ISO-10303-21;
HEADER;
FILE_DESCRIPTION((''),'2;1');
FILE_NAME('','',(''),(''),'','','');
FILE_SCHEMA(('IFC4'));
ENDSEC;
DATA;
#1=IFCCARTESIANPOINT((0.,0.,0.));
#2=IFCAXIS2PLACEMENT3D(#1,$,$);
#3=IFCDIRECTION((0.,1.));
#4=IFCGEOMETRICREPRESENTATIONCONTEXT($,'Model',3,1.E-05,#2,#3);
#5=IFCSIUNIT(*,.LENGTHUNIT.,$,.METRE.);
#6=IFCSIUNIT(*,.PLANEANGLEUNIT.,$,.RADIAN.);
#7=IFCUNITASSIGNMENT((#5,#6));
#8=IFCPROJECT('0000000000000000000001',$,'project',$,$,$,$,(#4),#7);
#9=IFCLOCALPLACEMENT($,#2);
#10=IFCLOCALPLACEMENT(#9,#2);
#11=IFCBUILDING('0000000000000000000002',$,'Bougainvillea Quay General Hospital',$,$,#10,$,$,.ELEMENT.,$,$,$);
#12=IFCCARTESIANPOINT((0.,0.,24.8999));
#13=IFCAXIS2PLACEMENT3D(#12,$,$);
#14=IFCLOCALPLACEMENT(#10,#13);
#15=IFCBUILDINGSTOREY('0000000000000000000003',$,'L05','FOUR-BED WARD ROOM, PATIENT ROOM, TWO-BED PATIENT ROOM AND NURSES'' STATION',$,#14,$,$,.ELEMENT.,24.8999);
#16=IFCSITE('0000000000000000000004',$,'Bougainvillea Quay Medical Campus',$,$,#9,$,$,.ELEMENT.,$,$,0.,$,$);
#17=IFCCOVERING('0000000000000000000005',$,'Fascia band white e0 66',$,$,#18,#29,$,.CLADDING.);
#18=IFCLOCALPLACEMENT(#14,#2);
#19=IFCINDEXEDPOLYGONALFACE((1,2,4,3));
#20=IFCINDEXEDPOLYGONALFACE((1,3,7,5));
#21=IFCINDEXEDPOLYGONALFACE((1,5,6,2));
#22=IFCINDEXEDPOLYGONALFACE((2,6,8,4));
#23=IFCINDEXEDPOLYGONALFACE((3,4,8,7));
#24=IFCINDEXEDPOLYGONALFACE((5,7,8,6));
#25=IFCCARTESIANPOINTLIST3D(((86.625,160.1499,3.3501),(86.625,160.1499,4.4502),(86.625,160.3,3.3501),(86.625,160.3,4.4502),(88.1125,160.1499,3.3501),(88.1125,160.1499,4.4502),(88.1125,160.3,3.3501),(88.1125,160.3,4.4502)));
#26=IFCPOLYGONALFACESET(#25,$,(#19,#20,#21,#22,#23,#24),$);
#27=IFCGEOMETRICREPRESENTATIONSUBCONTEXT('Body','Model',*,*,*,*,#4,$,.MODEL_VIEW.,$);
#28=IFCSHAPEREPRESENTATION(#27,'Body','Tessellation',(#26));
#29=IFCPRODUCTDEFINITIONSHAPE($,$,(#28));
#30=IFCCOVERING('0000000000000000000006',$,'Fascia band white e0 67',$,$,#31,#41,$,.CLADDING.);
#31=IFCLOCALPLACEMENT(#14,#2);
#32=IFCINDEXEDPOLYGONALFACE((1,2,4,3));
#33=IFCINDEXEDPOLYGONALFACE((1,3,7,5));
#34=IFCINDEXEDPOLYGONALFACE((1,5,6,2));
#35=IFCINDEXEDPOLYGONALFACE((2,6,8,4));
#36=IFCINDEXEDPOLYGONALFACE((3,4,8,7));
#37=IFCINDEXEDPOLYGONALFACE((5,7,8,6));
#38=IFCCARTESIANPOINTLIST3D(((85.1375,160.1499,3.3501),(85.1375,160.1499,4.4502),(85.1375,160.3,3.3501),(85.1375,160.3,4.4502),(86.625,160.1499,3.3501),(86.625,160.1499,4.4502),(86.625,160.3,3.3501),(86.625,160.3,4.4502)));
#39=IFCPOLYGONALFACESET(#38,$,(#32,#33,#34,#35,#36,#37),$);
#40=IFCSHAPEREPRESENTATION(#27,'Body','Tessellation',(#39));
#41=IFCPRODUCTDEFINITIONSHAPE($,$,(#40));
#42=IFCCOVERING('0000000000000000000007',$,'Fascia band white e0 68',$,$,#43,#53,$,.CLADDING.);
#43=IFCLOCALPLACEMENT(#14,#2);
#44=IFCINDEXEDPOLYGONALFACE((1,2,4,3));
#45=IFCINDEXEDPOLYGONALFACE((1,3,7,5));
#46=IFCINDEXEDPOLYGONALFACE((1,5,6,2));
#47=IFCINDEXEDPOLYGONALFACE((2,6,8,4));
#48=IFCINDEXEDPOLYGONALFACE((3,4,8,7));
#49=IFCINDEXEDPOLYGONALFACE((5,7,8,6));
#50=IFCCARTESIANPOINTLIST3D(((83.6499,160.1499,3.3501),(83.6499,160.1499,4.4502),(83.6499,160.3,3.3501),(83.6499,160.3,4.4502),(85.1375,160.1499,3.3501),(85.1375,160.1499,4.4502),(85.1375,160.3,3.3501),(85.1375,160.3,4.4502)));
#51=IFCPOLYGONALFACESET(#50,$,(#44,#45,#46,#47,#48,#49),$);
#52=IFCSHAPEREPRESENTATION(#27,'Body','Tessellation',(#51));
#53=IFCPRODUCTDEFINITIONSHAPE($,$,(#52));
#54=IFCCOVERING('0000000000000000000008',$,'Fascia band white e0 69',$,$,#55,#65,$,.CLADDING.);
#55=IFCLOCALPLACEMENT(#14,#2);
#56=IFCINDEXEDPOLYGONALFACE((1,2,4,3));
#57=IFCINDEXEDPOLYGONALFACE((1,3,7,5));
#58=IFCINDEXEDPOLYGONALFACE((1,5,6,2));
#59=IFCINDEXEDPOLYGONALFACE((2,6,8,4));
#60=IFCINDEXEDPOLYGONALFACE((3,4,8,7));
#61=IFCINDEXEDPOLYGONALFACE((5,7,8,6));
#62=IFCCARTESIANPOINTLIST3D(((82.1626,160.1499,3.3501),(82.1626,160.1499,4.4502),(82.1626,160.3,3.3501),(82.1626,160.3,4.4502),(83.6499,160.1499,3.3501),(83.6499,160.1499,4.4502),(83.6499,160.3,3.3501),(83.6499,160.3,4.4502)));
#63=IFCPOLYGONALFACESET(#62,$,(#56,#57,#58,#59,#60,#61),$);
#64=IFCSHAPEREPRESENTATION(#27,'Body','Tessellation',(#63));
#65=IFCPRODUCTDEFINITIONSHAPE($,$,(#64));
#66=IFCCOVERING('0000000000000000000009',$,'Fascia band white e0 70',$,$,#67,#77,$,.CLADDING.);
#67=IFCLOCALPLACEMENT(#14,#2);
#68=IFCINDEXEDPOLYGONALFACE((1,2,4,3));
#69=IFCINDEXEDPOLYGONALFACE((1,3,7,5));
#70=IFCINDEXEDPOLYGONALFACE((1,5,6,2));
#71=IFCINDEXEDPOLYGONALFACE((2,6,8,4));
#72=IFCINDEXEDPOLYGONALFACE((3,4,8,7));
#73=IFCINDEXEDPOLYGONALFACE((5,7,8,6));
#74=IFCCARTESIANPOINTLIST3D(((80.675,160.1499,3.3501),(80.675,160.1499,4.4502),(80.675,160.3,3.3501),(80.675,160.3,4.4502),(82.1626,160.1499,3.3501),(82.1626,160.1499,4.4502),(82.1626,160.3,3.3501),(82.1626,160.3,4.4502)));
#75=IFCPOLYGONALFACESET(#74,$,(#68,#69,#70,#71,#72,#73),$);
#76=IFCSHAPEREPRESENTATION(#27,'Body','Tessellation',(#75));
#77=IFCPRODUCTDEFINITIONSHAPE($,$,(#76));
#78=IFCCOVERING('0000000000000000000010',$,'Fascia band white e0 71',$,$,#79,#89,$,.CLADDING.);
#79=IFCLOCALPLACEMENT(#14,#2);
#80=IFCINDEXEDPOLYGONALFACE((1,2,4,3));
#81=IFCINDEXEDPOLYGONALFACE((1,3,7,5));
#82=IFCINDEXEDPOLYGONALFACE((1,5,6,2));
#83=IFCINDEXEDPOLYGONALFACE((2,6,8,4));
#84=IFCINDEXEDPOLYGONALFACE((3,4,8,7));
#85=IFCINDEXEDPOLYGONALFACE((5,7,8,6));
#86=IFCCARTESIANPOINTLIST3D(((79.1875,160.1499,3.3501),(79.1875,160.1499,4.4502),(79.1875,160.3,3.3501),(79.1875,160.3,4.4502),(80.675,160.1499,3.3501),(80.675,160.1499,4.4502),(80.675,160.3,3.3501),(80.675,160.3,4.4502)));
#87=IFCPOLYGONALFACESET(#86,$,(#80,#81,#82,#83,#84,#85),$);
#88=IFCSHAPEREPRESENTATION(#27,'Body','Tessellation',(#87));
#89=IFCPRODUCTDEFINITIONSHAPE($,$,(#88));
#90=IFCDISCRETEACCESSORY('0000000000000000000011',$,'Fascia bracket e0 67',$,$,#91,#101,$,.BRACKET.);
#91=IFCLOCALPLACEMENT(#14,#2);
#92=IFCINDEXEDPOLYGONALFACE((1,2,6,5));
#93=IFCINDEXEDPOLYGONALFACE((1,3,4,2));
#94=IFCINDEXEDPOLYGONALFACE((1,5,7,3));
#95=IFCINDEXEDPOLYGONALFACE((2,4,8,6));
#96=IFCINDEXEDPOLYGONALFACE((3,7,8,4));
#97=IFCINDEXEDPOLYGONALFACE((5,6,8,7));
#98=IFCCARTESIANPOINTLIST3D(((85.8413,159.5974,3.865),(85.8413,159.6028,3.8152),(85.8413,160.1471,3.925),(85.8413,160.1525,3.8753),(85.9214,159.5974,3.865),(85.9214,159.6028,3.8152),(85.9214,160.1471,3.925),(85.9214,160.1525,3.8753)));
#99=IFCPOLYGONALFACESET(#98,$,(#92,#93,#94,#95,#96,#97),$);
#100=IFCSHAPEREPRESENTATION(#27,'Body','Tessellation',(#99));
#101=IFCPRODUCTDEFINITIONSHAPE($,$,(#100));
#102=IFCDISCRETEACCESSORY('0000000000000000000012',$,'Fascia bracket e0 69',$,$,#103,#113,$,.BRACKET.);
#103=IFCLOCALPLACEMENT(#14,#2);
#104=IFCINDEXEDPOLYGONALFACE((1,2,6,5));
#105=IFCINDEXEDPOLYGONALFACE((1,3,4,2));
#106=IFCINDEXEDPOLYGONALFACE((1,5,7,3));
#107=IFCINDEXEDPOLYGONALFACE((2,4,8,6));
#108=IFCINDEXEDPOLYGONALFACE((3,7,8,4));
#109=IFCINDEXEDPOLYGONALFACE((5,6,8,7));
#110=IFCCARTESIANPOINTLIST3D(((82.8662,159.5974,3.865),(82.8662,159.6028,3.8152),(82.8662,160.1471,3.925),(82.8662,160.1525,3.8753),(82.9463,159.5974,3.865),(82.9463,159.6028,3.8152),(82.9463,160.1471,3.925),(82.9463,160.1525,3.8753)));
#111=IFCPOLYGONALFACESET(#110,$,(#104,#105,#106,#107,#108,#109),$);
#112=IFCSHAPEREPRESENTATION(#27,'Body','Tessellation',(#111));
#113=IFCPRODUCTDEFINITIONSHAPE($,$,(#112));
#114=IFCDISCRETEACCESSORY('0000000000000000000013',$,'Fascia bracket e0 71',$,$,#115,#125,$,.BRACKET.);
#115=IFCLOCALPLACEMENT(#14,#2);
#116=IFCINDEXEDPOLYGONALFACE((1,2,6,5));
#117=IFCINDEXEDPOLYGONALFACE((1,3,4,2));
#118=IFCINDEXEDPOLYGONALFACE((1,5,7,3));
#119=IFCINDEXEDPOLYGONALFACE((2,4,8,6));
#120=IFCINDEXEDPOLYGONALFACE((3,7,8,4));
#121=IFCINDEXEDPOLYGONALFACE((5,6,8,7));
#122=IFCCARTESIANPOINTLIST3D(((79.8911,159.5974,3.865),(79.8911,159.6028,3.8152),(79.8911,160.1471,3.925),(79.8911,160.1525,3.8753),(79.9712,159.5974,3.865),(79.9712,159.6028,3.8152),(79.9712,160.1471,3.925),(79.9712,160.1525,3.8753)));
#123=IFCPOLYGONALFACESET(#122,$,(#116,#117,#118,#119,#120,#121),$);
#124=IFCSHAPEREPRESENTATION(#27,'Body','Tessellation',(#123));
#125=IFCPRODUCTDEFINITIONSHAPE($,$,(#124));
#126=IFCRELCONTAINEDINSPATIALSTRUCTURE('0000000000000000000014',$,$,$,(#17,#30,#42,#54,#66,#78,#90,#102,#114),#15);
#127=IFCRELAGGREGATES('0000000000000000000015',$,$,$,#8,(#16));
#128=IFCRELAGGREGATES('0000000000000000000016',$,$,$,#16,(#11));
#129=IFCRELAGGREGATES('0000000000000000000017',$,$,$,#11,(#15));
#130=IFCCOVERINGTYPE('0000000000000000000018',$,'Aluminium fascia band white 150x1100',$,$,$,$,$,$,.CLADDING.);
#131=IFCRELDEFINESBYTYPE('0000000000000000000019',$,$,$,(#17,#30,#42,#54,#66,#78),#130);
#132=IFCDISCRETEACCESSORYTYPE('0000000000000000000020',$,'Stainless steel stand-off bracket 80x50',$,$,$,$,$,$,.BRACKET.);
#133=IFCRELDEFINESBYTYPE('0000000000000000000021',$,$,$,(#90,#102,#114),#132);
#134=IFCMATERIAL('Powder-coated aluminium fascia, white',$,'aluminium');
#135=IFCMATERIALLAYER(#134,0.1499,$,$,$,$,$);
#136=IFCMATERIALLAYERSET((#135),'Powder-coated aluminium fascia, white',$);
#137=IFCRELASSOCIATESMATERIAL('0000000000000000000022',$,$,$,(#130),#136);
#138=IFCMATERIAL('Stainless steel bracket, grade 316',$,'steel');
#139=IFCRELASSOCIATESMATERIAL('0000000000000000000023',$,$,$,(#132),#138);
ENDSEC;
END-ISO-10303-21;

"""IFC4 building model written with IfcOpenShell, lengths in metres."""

from ifc_helpers import new_model, si_unit, direction, frame, origin, origin_2d, place, context, subcontext, project, spatial, polyline, rectangle, outline, extrude, material, layer, layer_set, material_profile, profile_set, type_object, element, save


model = new_model("IFC4")

# Units and contexts
model_context = context("Model", 3, precision=1e-05, world=origin(), true_north=direction((0.0, 1.0)))
body_context = subcontext(model_context, "Body", "Model", "MODEL_VIEW")
ifc_project = project(units=[si_unit("LENGTHUNIT", "METRE"), si_unit("PLANEANGLEUNIT", "RADIAN")], contexts=[model_context])

# Site, building, storey
site_placement = place(None, origin())
site = spatial("IfcSite", under=ifc_project, at=site_placement, Name="Bougainvillea Quay Medical Campus", CompositionType="ELEMENT", RefElevation=0.0)
building_placement = place(site_placement, origin())
building = spatial("IfcBuilding", under=site, at=building_placement, Name="Bougainvillea Quay General Hospital", CompositionType="ELEMENT")
storey_placement = place(building_placement, frame((0.0, 0.0, 24.8999)))
storey = spatial("IfcBuildingStorey", under=building, at=storey_placement, Name="L05", Description="FOUR-BED WARD ROOM, PATIENT ROOM, TWO-BED PATIENT ROOM AND NURSES' STATION", CompositionType="ELEMENT", Elevation=24.8999)

# Coverings
ifc_material_1 = material(Name="Powder-coated aluminium fascia, white", Category="aluminium")
ifc_layer_1 = layer(ifc_material_1, 0.1499)
ifc_layer_set_1 = layer_set([ifc_layer_1], Name="Powder-coated aluminium fascia, white")
covering_type = type_object("IfcCoveringType", Name="Aluminium fascia band white 150x1100", PredefinedType="CLADDING", material=ifc_layer_set_1)
for number, where, z_axis, x_axis, name in (
    (1, (88.1125, 160.1499, 3.3501), (0.0, 0.0, 1.0), (-1.0, 0.0, 0.0), "Fascia band white e0 66"),
    (2, (86.625, 160.1499, 3.3501), (0.0, 0.0, 1.0), (-1.0, 0.0, 0.0), "Fascia band white e0 67"),
    (3, (85.1375, 160.1499, 3.3501), (0.0, 0.0, 1.0), (-1.0, 0.0, 0.0), "Fascia band white e0 68"),
):
    element("IfcCovering", number, at=place(storey_placement, frame(where, z_axis=z_axis, x_axis=x_axis)), inside=storey, type_object=covering_type, Name=name, PredefinedType="CLADDING", context=body_context, shape_type="SweptSolid", body=[
        extrude(outline(polyline([(0.0, 0.0), (1.4875, 0.0), (1.4875, -0.1501), (0.0, -0.1501), (0.0, 0.0)])), origin(), (0.0, 0.0, 1.0), 1.1001),
    ])
covering_placement = place(storey_placement, frame((83.6499, 160.1499, 3.3501), z_axis=(0.0, 0.0, 1.0), x_axis=(-1.0, 0.0, 0.0)))
element("IfcCovering", 4, at=covering_placement, inside=storey, type_object=covering_type, Name="Fascia band white e0 69", PredefinedType="CLADDING", context=body_context, shape_type="SweptSolid", body=[
    extrude(outline(polyline([(0.0, 0.0), (1.4873, 0.0), (1.4873, -0.1501), (0.0, -0.1501), (0.0, 0.0)])), origin(), (0.0, 0.0, 1.0), 1.1001),
])
for number, where, z_axis, x_axis, name in (
    (5, (82.1626, 160.1499, 3.3501), (0.0, 0.0, 1.0), (-1.0, 0.0, 0.0), "Fascia band white e0 70"),
    (6, (80.675, 160.1499, 3.3501), (0.0, 0.0, 1.0), (-1.0, 0.0, 0.0), "Fascia band white e0 71"),
):
    element("IfcCovering", number, at=place(storey_placement, frame(where, z_axis=z_axis, x_axis=x_axis)), inside=storey, type_object=covering_type, Name=name, PredefinedType="CLADDING", context=body_context, shape_type="SweptSolid", body=[
        extrude(outline(polyline([(0.0, 0.0), (1.4875, 0.0), (1.4875, -0.1501), (0.0, -0.1501), (0.0, 0.0)])), origin(), (0.0, 0.0, 1.0), 1.1001),
    ])

# Discrete accessories
ifc_material_2 = material(Name="Stainless steel bracket, grade 316", Category="steel")
ifc_material_profile_1 = material_profile(ifc_material_2, rectangle(XDim=0.0801, YDim=0.05, at=origin_2d()))
ifc_profile_set_1 = profile_set([ifc_material_profile_1], Name="Stainless steel bracket, grade 316")
discrete_accessory_type = type_object("IfcDiscreteAccessoryType", Name="Stainless steel stand-off bracket 80x50", PredefinedType="BRACKET", material=ifc_profile_set_1)
for number, where, z_axis, x_axis, name in (
    (7, (85.8813, 159.6001, 3.8401), (0.0, 0.994087, 0.10859), (-1.0, 0.0, 0.0), "Fascia bracket e0 67"),
    (8, (82.9062, 159.6001, 3.8401), (0.0, 0.994087, 0.10859), (-1.0, 0.0, 0.0), "Fascia bracket e0 69"),
    (9, (79.9312, 159.6001, 3.8401), (0.0, 0.994087, 0.10859), (-1.0, 0.0, 0.0), "Fascia bracket e0 71"),
):
    element("IfcDiscreteAccessory", number, at=place(storey_placement, frame(where, z_axis=z_axis, x_axis=x_axis)), inside=storey, type_object=discrete_accessory_type, Name=name, PredefinedType="BRACKET", context=body_context, shape_type="SweptSolid", body=[
        extrude(rectangle(XDim=0.0801, YDim=0.05, at=origin_2d()), origin(), (0.0, 0.0, 1.0), 0.553),
    ])

save(model, "model.ifc")
